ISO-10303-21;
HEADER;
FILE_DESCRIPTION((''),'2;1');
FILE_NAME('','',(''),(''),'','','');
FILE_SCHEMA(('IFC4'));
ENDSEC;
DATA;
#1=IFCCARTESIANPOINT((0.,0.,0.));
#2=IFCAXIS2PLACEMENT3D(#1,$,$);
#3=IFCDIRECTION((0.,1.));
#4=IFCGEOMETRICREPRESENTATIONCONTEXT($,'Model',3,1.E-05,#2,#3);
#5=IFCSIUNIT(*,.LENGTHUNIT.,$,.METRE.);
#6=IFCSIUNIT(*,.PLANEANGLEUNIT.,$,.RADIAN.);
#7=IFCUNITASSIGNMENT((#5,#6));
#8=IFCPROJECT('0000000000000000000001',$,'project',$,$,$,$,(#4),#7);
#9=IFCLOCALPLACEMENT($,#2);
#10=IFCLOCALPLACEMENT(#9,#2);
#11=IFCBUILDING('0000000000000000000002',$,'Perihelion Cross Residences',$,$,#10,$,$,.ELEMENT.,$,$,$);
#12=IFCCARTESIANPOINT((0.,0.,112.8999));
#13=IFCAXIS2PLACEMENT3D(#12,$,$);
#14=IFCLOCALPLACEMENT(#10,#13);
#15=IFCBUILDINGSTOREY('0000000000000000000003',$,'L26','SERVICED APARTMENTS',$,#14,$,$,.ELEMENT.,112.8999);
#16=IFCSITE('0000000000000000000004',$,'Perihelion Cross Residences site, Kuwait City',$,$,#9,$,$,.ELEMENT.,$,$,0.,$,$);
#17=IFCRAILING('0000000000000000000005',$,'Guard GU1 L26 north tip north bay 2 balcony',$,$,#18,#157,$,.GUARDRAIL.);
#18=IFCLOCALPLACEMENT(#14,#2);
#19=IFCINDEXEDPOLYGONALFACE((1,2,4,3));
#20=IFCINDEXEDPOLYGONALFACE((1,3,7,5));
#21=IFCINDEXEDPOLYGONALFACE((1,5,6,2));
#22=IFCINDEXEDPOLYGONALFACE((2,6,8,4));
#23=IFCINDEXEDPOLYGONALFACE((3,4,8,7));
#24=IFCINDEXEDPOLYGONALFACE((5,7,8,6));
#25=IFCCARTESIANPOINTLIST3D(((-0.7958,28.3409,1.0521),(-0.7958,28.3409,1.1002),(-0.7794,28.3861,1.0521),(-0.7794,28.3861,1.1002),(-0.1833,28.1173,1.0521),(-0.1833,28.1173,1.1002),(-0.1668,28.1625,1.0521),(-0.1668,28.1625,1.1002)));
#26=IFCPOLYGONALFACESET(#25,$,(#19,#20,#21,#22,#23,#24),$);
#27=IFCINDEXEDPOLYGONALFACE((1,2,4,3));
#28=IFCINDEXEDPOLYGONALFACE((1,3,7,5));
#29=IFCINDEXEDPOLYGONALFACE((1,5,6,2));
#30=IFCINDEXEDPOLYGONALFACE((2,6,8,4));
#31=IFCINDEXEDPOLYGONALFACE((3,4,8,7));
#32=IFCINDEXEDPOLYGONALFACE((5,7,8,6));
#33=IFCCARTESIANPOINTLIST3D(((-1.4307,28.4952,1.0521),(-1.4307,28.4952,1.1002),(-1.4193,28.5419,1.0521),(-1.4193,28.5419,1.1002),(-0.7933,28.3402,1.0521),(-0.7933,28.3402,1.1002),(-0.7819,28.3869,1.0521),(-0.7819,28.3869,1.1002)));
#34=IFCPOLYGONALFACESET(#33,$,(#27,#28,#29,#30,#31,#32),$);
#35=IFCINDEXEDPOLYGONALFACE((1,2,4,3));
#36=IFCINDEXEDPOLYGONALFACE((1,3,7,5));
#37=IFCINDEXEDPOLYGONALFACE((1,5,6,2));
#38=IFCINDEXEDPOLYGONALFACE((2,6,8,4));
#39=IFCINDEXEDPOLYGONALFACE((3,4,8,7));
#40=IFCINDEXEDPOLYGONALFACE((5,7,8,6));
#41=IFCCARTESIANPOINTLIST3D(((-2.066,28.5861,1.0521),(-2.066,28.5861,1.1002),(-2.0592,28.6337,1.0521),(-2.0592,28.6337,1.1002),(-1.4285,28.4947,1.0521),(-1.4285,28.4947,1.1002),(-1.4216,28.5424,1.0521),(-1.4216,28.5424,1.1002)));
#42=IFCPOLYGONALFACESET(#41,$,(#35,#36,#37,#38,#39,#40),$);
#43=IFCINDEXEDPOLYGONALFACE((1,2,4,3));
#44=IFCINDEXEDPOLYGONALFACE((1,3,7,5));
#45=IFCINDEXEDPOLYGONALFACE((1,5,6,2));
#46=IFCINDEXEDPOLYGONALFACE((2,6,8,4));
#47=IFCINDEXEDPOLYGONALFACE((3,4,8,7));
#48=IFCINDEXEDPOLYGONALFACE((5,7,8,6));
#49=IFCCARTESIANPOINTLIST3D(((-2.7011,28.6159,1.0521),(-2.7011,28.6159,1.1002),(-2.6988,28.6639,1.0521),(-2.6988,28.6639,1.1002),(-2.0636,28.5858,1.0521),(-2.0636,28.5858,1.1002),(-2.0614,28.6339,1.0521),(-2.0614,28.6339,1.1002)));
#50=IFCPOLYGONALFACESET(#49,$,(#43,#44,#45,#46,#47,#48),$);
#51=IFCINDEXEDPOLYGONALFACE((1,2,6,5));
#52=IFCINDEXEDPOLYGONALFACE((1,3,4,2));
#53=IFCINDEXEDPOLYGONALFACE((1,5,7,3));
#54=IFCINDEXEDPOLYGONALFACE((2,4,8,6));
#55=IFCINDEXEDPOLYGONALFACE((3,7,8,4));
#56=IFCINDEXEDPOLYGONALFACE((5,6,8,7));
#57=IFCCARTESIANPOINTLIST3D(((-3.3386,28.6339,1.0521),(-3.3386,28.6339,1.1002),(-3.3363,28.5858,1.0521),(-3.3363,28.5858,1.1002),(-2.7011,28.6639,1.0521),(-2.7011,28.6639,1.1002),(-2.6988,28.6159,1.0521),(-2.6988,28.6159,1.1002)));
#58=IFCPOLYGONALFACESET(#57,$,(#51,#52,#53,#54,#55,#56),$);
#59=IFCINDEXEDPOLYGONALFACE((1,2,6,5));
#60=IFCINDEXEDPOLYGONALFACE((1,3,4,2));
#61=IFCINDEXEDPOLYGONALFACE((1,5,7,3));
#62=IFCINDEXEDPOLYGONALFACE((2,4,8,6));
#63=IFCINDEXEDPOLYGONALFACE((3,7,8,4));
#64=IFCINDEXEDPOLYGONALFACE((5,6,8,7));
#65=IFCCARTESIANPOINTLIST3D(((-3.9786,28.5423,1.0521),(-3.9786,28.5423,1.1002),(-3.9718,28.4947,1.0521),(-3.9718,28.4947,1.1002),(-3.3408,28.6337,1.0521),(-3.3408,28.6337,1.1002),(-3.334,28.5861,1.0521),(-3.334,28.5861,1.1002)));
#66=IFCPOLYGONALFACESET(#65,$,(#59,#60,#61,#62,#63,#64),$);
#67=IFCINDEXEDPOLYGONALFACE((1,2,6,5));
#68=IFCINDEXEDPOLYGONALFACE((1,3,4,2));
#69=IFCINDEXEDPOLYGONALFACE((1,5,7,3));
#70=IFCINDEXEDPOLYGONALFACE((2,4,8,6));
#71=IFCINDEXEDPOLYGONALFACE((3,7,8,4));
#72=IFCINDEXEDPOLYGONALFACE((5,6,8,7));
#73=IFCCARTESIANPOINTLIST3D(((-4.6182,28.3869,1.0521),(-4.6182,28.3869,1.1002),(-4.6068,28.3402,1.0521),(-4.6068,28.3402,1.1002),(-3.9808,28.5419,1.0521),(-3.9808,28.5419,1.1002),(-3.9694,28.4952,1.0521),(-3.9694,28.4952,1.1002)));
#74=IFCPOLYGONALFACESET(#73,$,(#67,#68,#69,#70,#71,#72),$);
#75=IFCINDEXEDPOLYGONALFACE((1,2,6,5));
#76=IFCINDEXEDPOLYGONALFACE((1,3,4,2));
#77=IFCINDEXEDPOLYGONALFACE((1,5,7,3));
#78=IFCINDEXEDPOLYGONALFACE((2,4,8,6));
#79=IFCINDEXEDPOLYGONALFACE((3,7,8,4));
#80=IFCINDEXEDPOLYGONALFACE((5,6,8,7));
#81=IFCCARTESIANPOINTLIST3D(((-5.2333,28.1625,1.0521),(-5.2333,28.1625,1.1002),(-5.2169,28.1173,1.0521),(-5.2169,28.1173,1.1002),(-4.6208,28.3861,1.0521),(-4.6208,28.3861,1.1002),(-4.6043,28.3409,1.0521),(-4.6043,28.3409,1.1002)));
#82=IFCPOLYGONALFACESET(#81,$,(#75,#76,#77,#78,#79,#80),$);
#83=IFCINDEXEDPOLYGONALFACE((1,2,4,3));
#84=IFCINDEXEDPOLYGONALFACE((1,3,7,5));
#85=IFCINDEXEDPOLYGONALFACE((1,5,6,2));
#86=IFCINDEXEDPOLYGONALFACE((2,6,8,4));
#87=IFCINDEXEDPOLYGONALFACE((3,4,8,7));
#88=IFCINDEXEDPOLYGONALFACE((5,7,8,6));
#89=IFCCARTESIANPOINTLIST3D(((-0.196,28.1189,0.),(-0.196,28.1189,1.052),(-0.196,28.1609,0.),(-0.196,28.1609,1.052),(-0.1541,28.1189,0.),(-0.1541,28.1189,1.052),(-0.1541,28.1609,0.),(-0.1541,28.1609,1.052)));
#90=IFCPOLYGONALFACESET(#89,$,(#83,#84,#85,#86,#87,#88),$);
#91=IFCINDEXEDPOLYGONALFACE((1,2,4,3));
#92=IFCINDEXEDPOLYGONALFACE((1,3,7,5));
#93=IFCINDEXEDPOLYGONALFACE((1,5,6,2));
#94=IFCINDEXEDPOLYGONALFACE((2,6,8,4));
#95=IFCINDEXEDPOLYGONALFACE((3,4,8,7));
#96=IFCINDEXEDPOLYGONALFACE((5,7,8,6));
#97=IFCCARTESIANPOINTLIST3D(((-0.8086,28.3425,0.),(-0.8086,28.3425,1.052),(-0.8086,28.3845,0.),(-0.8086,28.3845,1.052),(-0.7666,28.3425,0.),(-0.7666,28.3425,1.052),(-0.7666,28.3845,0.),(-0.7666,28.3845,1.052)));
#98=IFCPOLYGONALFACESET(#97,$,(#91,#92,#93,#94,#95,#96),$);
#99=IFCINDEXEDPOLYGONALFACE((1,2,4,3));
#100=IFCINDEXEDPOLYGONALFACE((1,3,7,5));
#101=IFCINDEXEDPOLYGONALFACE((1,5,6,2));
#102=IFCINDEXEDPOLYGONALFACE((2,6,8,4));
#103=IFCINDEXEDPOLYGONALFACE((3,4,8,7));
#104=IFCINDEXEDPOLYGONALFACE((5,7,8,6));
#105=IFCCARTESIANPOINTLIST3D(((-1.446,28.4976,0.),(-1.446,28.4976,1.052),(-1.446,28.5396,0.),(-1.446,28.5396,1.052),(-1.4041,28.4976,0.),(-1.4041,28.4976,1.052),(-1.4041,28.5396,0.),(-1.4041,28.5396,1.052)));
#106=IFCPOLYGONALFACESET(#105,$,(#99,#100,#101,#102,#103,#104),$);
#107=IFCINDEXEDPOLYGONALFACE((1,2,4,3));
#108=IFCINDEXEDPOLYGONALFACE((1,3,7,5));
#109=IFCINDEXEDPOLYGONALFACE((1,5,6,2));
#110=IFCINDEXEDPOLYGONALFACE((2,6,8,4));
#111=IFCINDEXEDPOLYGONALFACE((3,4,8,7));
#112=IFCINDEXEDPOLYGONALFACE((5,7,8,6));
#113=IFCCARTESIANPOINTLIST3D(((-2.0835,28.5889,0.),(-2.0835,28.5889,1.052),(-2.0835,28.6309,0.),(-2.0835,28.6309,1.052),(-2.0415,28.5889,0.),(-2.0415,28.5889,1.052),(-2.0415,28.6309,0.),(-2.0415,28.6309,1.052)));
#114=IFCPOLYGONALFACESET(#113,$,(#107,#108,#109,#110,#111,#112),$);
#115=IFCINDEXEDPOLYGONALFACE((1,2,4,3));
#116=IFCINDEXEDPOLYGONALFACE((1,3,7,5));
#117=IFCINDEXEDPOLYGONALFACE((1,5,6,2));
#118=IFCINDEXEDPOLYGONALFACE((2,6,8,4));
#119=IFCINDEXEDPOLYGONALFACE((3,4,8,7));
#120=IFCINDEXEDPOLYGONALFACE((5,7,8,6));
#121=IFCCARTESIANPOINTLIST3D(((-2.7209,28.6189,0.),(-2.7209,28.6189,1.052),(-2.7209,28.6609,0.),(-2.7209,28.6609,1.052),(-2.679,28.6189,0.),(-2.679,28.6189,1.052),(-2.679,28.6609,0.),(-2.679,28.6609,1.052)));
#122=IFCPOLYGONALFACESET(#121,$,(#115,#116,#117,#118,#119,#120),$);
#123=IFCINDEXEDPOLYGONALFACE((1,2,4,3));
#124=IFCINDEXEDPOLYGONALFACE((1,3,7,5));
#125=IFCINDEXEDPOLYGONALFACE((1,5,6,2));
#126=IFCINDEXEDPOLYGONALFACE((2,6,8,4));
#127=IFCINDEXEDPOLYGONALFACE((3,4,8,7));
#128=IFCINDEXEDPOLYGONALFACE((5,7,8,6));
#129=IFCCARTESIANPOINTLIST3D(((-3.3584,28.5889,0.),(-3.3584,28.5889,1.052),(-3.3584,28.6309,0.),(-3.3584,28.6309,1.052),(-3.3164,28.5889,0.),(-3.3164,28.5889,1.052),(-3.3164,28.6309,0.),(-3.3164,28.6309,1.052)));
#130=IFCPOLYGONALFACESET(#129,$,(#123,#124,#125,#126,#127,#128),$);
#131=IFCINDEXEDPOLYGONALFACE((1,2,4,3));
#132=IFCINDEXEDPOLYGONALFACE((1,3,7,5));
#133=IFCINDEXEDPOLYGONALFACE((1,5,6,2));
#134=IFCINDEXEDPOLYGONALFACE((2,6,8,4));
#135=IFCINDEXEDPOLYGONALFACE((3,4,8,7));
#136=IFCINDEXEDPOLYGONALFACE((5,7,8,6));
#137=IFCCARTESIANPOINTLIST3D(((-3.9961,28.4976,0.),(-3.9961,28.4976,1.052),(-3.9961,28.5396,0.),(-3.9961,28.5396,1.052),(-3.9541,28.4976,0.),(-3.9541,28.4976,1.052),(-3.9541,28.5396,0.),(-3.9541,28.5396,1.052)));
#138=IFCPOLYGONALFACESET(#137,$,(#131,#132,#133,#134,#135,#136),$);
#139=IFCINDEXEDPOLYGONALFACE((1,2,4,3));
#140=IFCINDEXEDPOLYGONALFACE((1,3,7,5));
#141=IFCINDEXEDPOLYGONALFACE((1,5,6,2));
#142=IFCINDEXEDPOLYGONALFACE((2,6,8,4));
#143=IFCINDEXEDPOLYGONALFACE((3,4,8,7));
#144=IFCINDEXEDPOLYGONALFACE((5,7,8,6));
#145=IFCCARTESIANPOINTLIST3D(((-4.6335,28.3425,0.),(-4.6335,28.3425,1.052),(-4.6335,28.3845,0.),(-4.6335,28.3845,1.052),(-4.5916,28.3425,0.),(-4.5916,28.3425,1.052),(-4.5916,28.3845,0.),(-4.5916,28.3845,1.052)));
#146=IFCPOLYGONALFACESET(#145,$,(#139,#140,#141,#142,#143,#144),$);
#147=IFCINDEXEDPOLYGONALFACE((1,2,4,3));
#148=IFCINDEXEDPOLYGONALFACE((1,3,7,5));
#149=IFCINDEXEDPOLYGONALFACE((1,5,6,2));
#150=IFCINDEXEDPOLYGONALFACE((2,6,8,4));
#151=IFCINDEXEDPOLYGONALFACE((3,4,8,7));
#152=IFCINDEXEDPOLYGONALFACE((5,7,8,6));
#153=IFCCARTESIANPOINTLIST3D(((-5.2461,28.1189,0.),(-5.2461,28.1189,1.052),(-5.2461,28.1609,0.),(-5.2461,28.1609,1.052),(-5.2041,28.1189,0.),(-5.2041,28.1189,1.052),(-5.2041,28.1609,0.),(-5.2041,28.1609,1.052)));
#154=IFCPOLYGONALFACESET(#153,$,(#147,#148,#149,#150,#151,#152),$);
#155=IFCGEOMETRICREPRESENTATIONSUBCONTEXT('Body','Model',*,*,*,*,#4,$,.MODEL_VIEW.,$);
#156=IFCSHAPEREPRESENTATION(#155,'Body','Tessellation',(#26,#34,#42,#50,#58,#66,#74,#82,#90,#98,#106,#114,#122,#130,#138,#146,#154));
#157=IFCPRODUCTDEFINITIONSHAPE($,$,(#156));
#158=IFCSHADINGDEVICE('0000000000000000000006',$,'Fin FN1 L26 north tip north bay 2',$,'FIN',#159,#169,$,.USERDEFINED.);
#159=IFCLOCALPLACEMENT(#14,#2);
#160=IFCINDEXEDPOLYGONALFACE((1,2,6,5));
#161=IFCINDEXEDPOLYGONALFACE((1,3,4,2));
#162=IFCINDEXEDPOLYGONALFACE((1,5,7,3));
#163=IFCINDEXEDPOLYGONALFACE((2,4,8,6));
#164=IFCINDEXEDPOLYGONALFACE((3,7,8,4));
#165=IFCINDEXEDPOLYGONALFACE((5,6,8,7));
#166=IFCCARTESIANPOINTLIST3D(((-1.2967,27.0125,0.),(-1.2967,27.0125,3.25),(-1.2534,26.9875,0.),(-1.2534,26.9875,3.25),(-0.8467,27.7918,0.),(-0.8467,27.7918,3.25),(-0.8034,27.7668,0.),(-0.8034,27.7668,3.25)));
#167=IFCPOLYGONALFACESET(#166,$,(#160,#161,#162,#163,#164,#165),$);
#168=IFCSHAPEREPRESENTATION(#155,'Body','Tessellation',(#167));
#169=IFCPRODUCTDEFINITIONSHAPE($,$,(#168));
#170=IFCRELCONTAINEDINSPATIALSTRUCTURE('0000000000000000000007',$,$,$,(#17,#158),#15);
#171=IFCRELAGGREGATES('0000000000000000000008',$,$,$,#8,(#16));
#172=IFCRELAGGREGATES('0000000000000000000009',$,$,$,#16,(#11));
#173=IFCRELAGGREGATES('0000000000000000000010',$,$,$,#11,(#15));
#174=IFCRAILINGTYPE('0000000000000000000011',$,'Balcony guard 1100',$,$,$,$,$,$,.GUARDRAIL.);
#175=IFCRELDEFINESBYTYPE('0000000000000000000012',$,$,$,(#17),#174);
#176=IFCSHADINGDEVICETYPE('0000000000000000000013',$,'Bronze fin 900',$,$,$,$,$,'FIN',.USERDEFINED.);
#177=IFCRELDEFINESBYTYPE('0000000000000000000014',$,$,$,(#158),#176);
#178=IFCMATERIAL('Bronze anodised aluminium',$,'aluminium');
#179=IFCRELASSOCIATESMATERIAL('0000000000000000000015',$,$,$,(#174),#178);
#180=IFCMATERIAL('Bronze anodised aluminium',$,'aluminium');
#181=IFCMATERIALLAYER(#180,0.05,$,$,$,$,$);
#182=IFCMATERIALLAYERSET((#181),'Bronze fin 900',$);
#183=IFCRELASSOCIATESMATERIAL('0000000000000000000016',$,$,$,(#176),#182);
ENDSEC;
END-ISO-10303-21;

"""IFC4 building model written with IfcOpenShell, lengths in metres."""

from ifc_helpers import new_model, si_unit, direction, frame, origin, origin_2d, place, context, subcontext, project, spatial, rectangle, extrude, material, layer, layer_set, type_object, element, save


model = new_model("IFC4")

# Units and contexts
model_context = context("Model", 3, precision=1e-05, world=origin(), true_north=direction((0.0, 1.0)))
body_context = subcontext(model_context, "Body", "Model", "MODEL_VIEW")
ifc_project = project(units=[si_unit("LENGTHUNIT", "METRE"), si_unit("PLANEANGLEUNIT", "RADIAN")], contexts=[model_context])

# Site, building, storey
site_placement = place(None, origin())
site = spatial("IfcSite", under=ifc_project, at=site_placement, Name="Perihelion Cross Residences site, Kuwait City", CompositionType="ELEMENT", RefElevation=0.0)
building_placement = place(site_placement, origin())
building = spatial("IfcBuilding", under=site, at=building_placement, Name="Perihelion Cross Residences", CompositionType="ELEMENT")
storey_placement = place(building_placement, frame((0.0, 0.0, 112.8999)))
storey = spatial("IfcBuildingStorey", under=building, at=storey_placement, Name="L26", Description="SERVICED APARTMENTS", CompositionType="ELEMENT", Elevation=112.8999)

# Railing
ifc_material_1 = material(Name="Bronze anodised aluminium", Category="aluminium")
railing_type = type_object("IfcRailingType", Name="Balcony guard 1100", PredefinedType="GUARDRAIL", material=ifc_material_1)
railing_placement = place(storey_placement, frame((-0.175, 28.1399, 0.0)))
element("IfcRailing", 1, at=railing_placement, inside=storey, type_object=railing_type, Name="Guard GU1 L26 north tip north bay 2 balcony", PredefinedType="GUARDRAIL", context=body_context, shape_type="SweptSolid", body=[
    extrude(rectangle(XDim=0.0481, YDim=0.0481, at=origin_2d()), frame((0.0, 0.0, 1.0762), z_axis=(-0.939355, 0.342945, 0.0), x_axis=(-0.342945, -0.939355, 0.0)), (0.0, 0.0, 1.0), 0.6521),
    extrude(rectangle(XDim=0.0481, YDim=0.0481, at=origin_2d()), frame((-0.6125, 0.2236, 1.0762), z_axis=(-0.971677, 0.236314, 0.0), x_axis=(-0.236314, -0.971677, 0.0)), (0.0, 0.0, 1.0), 0.656),
    extrude(rectangle(XDim=0.0481, YDim=0.0481, at=origin_2d()), frame((-1.25, 0.3787, 1.0762), z_axis=(-0.989896, 0.141793, 0.0), x_axis=(-0.141793, -0.989896, 0.0)), (0.0, 0.0, 1.0), 0.644),
    extrude(rectangle(XDim=0.0481, YDim=0.0481, at=origin_2d()), frame((-1.8875, 0.47, 1.0762), z_axis=(-0.998892, 0.047056, 0.0), x_axis=(-0.047056, -0.998892, 0.0)), (0.0, 0.0, 1.0), 0.6382),
    extrude(rectangle(XDim=0.0481, YDim=0.0481, at=origin_2d()), frame((-2.5249, 0.5, 1.0762), z_axis=(-0.998892, -0.047056, 0.0), x_axis=(0.047056, -0.998892, 0.0)), (0.0, 0.0, 1.0), 0.6382),
    extrude(rectangle(XDim=0.0481, YDim=0.0481, at=origin_2d()), frame((-3.1624, 0.47, 1.0762), z_axis=(-0.989904, -0.14174, 0.0), x_axis=(0.14174, -0.989904, 0.0)), (0.0, 0.0, 1.0), 0.6443),
    extrude(rectangle(XDim=0.0481, YDim=0.0481, at=origin_2d()), frame((-3.8, 0.3787, 1.0762), z_axis=(-0.971677, -0.236314, 0.0), x_axis=(0.236314, -0.971677, 0.0)), (0.0, 0.0, 1.0), 0.656),
    extrude(rectangle(XDim=0.0481, YDim=0.0481, at=origin_2d()), frame((-4.4375, 0.2236, 1.0762), z_axis=(-0.939355, -0.342945, 0.0), x_axis=(0.342945, -0.939355, 0.0)), (0.0, 0.0, 1.0), 0.6521),
    extrude(rectangle(XDim=0.042, YDim=0.042, at=origin_2d()), origin(), (0.0, 0.0, 1.0), 1.052),
    extrude(rectangle(XDim=0.042, YDim=0.042, at=origin_2d()), frame((-0.6125, 0.2236, 0.0)), (0.0, 0.0, 1.0), 1.052),
    extrude(rectangle(XDim=0.042, YDim=0.042, at=origin_2d()), frame((-1.25, 0.3787, 0.0)), (0.0, 0.0, 1.0), 1.052),
    extrude(rectangle(XDim=0.042, YDim=0.042, at=origin_2d()), frame((-1.8875, 0.47, 0.0)), (0.0, 0.0, 1.0), 1.052),
    extrude(rectangle(XDim=0.042, YDim=0.042, at=origin_2d()), frame((-2.5249, 0.5, 0.0)), (0.0, 0.0, 1.0), 1.052),
    extrude(rectangle(XDim=0.042, YDim=0.042, at=origin_2d()), frame((-3.1624, 0.47, 0.0)), (0.0, 0.0, 1.0), 1.052),
    extrude(rectangle(XDim=0.042, YDim=0.042, at=origin_2d()), frame((-3.8, 0.3787, 0.0)), (0.0, 0.0, 1.0), 1.052),
    extrude(rectangle(XDim=0.042, YDim=0.042, at=origin_2d()), frame((-4.4375, 0.2236, 0.0)), (0.0, 0.0, 1.0), 1.052),
    extrude(rectangle(XDim=0.042, YDim=0.042, at=origin_2d()), frame((-5.05, 0.0, 0.0)), (0.0, 0.0, 1.0), 1.052),
])

# Shading device
ifc_material_2 = material(Name="Bronze anodised aluminium", Category="aluminium")
ifc_layer_1 = layer(ifc_material_2, 0.05)
ifc_layer_set_1 = layer_set([ifc_layer_1], Name="Bronze fin 900")
shading_device_type = type_object("IfcShadingDeviceType", Name="Bronze fin 900", ElementType="FIN", PredefinedType="USERDEFINED", material=ifc_layer_set_1)
shading_device_placement = place(storey_placement, frame((-1.05, 27.3896, 0.0), z_axis=(0.0, 0.0, 1.0), x_axis=(0.5, 0.866025, 0.0)))
element("IfcShadingDevice", 2, at=shading_device_placement, inside=storey, type_object=shading_device_type, Name="Fin FN1 L26 north tip north bay 2", ObjectType="FIN", PredefinedType="USERDEFINED", context=body_context, shape_type="SweptSolid", body=[
    extrude(rectangle(XDim=0.8999, YDim=0.05, at=origin_2d()), origin(), (0.0, 0.0, 1.0), 3.25),
])

save(model, "model.ifc")
